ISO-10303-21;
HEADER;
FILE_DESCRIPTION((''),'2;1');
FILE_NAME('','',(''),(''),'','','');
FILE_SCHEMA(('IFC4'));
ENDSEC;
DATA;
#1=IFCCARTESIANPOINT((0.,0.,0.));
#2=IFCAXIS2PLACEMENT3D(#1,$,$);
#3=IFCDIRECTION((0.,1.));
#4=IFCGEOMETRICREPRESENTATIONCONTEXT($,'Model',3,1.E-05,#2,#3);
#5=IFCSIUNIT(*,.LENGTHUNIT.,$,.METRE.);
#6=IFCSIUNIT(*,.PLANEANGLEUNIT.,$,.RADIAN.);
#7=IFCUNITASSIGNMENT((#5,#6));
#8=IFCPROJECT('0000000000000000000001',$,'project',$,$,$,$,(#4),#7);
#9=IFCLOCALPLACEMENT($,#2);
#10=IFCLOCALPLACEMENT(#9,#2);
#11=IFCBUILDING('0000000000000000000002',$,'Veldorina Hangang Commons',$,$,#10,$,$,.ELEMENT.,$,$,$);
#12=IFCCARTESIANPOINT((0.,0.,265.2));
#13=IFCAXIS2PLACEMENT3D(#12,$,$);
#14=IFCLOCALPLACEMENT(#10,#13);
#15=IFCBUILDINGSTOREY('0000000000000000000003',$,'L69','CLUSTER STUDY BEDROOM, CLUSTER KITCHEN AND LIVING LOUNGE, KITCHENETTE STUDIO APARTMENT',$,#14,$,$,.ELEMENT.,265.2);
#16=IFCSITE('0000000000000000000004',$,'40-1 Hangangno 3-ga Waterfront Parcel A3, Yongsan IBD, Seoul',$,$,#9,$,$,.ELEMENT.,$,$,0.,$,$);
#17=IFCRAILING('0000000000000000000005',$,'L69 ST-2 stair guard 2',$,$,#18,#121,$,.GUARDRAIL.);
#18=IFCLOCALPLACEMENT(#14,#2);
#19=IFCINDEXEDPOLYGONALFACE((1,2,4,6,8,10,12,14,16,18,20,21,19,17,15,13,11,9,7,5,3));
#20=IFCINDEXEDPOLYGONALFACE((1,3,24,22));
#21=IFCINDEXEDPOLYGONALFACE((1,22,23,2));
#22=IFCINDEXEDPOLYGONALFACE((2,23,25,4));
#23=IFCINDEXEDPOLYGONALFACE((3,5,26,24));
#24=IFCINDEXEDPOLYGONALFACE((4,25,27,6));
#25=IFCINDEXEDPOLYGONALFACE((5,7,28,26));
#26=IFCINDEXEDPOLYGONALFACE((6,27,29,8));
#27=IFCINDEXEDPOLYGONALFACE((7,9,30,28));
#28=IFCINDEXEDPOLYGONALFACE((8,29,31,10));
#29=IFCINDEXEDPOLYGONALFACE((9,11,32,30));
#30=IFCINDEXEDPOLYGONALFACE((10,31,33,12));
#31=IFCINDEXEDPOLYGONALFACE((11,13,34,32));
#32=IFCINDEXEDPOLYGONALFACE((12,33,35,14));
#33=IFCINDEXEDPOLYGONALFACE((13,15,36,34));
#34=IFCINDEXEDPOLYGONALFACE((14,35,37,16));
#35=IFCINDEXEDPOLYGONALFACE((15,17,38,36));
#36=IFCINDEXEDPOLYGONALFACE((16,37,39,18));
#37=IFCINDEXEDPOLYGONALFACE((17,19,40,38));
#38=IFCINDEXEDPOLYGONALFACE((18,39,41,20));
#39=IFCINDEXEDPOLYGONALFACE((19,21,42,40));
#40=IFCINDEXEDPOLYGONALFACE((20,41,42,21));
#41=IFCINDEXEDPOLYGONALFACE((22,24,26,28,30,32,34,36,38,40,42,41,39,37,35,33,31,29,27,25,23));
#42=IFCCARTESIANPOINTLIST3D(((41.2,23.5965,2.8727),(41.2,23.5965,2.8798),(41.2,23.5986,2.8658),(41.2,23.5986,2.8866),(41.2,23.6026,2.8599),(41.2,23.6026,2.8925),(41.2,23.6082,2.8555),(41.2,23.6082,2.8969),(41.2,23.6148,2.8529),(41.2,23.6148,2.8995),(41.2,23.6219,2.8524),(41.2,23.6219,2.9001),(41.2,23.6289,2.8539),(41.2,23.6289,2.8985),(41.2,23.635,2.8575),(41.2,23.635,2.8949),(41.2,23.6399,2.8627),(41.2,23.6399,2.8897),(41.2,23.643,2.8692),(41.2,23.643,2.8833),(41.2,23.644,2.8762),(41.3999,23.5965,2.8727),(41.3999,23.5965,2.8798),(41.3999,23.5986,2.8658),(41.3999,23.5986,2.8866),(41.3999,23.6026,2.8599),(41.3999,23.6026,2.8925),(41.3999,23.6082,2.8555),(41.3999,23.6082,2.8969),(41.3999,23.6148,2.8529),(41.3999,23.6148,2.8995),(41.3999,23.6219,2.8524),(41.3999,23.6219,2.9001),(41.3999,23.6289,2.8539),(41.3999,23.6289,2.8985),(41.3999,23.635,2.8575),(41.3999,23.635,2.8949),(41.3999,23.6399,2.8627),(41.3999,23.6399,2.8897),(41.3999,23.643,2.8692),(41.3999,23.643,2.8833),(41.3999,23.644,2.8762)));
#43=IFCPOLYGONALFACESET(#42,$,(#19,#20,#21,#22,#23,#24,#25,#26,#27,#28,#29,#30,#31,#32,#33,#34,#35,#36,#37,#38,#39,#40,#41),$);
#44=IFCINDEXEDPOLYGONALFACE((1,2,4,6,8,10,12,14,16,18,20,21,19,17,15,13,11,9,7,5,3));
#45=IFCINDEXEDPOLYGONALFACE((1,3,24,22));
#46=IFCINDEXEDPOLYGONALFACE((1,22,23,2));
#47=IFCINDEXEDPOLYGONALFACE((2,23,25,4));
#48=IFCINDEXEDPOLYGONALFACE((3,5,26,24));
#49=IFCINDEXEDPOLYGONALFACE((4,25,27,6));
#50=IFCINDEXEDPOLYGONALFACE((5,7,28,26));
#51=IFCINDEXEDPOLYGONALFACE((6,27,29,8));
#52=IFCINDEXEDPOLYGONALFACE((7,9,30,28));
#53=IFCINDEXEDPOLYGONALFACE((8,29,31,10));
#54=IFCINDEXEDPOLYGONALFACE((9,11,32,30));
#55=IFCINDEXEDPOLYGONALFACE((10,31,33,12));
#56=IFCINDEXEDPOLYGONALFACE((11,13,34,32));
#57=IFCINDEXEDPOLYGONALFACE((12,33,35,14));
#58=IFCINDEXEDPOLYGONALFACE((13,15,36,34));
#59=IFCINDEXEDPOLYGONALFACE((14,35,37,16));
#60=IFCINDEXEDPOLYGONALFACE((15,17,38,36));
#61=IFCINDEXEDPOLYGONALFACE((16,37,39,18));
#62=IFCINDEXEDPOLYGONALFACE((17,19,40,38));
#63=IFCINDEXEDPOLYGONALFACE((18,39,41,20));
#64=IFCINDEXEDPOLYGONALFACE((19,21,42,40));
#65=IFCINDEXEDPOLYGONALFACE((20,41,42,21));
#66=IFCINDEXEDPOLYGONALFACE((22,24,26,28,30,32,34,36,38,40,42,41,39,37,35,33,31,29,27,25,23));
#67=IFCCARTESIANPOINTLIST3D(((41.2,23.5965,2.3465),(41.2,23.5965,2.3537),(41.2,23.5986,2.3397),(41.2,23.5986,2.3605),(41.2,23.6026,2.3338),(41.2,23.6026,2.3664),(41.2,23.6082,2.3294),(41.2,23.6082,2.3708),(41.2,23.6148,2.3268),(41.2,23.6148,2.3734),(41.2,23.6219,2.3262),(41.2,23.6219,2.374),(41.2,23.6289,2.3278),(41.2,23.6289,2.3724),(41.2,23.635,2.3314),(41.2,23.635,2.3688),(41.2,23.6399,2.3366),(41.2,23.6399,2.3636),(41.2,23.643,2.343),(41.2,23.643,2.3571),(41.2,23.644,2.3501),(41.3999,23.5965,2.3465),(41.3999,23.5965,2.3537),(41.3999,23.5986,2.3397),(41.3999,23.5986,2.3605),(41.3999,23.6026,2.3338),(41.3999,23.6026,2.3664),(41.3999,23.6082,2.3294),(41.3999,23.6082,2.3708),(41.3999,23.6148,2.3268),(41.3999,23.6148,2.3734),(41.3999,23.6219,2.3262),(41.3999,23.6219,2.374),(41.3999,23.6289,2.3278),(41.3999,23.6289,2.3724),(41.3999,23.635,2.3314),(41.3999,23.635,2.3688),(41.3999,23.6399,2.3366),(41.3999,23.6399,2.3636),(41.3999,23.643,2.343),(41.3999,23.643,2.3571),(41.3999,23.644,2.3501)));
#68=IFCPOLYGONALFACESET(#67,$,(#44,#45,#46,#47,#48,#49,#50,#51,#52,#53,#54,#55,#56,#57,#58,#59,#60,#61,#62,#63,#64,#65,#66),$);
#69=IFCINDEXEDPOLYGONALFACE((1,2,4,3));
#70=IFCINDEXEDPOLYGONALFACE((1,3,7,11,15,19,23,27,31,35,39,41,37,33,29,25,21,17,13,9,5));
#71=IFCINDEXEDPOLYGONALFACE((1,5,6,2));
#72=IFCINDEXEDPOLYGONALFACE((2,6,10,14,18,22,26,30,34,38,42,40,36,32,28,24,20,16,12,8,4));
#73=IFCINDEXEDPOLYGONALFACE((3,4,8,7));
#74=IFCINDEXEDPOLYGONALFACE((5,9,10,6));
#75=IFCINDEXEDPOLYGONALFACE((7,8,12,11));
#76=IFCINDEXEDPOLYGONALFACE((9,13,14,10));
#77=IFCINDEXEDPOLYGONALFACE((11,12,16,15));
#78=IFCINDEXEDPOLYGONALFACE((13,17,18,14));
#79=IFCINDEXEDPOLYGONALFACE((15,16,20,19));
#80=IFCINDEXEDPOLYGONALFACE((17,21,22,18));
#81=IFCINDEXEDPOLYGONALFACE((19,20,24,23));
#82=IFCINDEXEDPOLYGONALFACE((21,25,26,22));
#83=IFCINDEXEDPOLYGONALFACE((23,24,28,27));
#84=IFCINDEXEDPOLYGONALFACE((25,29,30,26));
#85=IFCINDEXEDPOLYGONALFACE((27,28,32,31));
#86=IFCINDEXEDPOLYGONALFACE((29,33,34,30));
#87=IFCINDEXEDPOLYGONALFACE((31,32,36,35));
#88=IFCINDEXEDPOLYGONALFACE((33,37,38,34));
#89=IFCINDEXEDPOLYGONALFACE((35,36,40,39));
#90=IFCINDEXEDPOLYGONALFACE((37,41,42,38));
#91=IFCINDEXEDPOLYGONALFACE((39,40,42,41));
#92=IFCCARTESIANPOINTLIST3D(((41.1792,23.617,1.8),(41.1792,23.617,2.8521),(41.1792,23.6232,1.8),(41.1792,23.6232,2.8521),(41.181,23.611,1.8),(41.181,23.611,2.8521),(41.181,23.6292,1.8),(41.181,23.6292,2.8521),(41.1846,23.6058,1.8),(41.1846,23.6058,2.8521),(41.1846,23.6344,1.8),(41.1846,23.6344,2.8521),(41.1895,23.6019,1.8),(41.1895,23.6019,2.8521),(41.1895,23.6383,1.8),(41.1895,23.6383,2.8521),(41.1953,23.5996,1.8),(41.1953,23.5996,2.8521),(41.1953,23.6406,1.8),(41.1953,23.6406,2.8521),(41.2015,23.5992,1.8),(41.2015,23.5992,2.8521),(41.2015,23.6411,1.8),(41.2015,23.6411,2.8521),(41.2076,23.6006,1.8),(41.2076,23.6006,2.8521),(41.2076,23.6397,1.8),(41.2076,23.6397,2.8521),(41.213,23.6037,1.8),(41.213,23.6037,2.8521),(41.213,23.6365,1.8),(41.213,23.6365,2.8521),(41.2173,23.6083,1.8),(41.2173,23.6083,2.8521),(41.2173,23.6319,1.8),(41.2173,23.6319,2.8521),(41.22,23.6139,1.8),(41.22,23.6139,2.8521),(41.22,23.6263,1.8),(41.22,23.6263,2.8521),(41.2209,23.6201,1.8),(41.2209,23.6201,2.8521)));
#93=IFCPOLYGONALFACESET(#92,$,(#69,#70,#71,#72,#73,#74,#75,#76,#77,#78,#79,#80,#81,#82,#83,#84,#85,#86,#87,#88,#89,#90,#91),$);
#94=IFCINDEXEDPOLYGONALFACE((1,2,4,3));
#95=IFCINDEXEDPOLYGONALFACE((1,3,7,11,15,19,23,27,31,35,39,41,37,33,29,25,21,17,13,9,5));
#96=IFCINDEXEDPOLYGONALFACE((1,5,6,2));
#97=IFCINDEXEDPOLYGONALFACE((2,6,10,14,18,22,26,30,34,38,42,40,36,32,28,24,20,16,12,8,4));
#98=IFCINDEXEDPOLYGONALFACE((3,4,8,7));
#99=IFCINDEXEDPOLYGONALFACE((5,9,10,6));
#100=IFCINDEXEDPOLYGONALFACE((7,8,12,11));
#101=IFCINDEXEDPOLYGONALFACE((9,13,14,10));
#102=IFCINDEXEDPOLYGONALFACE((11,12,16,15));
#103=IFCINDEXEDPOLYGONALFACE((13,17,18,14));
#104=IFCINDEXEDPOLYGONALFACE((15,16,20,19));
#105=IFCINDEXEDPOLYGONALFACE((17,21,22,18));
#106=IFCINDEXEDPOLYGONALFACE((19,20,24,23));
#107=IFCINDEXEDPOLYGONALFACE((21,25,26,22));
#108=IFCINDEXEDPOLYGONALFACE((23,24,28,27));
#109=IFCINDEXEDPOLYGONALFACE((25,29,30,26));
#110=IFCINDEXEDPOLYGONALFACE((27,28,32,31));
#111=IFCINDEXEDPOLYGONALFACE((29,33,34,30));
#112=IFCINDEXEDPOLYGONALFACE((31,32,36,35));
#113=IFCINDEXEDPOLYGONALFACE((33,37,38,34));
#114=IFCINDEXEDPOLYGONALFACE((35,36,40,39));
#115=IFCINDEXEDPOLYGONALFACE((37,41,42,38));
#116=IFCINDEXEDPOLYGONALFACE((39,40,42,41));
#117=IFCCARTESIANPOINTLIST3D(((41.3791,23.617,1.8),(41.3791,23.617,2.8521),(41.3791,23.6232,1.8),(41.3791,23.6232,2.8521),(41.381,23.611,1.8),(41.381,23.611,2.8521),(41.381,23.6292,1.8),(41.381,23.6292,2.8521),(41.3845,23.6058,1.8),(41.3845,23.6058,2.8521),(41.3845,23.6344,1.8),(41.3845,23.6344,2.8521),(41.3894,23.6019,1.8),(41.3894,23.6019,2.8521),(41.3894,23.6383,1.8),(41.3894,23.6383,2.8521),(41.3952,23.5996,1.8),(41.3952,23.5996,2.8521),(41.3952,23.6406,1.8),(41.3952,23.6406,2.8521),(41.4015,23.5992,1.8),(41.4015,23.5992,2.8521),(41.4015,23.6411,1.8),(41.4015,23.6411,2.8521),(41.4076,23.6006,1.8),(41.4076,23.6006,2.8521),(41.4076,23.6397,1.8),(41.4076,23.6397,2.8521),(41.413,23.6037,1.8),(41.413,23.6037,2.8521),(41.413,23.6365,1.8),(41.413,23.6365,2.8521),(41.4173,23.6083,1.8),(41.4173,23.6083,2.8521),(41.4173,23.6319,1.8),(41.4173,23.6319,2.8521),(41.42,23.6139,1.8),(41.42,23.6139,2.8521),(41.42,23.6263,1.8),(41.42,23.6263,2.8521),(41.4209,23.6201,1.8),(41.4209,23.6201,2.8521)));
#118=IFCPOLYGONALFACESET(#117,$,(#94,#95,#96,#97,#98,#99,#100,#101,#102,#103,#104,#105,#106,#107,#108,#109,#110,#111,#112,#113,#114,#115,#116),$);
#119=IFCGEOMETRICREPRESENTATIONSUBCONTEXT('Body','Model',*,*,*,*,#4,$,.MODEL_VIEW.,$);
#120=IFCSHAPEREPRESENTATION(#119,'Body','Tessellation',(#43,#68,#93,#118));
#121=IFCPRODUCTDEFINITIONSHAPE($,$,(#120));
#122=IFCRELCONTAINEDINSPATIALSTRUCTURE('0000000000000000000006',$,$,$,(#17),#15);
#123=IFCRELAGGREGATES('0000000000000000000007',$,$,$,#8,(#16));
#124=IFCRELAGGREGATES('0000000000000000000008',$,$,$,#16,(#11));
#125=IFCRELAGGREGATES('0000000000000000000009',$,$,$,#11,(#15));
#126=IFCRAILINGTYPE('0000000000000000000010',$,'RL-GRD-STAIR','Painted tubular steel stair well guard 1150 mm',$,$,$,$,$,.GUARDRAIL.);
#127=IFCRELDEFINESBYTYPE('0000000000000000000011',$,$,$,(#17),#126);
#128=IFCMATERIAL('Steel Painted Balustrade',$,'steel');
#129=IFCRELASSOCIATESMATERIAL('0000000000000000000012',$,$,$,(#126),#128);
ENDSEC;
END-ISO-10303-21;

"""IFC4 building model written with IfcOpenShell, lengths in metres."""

from ifc_helpers import new_model, si_unit, direction, frame, origin, origin_2d, place, context, subcontext, project, spatial, circle, extrude, material, type_object, element, save


model = new_model("IFC4")

# Units and contexts
model_context = context("Model", 3, precision=1e-05, world=origin(), true_north=direction((0.0, 1.0)))
body_context = subcontext(model_context, "Body", "Model", "MODEL_VIEW")
ifc_project = project(units=[si_unit("LENGTHUNIT", "METRE"), si_unit("PLANEANGLEUNIT", "RADIAN")], contexts=[model_context])

# Site, building, storey
site_placement = place(None, origin())
site = spatial("IfcSite", under=ifc_project, at=site_placement, Name="40-1 Hangangno 3-ga Waterfront Parcel A3, Yongsan IBD, Seoul", CompositionType="ELEMENT", RefElevation=0.0)
building_placement = place(site_placement, origin())
building = spatial("IfcBuilding", under=site, at=building_placement, Name="Veldorina Hangang Commons", CompositionType="ELEMENT")
storey_placement = place(building_placement, frame((0.0, 0.0, 265.2)))
storey = spatial("IfcBuildingStorey", under=building, at=storey_placement, Name="L69", Description="CLUSTER STUDY BEDROOM, CLUSTER KITCHEN AND LIVING LOUNGE, KITCHENETTE STUDIO APARTMENT", CompositionType="ELEMENT", Elevation=265.2)

# Railing
ifc_material_1 = material(Name="Steel Painted Balustrade", Category="steel")
railing_type_1 = type_object("IfcRailingType", Name="RL-GRD-STAIR", Description="Painted tubular steel stair well guard 1150 mm", PredefinedType="GUARDRAIL", material=ifc_material_1)
railing_1_placement = place(storey_placement, frame((41.2, 23.6201, 1.8)))
element("IfcRailing", 1, at=railing_1_placement, inside=storey, type_object=railing_type_1, Name="L69 ST-2 stair guard 2", PredefinedType="GUARDRAIL", context=body_context, shape_type="SweptSolid", body=[
    extrude(circle(Radius=0.0239, at=origin_2d()), frame((0.0, 0.0, 1.0762), z_axis=(1.0, 0.0, 0.0), x_axis=(0.0, 1.0, 0.0)), (0.0, 0.0, 1.0), 0.2),
    extrude(circle(Radius=0.0239, at=origin_2d()), frame((0.0, 0.0, 0.55), z_axis=(1.0, 0.0, 0.0), x_axis=(0.0, 1.0, 0.0)), (0.0, 0.0, 1.0), 0.2),
    extrude(circle(Radius=0.021, at=origin_2d()), origin(), (0.0, 0.0, 1.0), 1.052),
    extrude(circle(Radius=0.021, at=origin_2d()), frame((0.2, 0.0, 0.0)), (0.0, 0.0, 1.0), 1.052),
])

save(model, "model.ifc")
